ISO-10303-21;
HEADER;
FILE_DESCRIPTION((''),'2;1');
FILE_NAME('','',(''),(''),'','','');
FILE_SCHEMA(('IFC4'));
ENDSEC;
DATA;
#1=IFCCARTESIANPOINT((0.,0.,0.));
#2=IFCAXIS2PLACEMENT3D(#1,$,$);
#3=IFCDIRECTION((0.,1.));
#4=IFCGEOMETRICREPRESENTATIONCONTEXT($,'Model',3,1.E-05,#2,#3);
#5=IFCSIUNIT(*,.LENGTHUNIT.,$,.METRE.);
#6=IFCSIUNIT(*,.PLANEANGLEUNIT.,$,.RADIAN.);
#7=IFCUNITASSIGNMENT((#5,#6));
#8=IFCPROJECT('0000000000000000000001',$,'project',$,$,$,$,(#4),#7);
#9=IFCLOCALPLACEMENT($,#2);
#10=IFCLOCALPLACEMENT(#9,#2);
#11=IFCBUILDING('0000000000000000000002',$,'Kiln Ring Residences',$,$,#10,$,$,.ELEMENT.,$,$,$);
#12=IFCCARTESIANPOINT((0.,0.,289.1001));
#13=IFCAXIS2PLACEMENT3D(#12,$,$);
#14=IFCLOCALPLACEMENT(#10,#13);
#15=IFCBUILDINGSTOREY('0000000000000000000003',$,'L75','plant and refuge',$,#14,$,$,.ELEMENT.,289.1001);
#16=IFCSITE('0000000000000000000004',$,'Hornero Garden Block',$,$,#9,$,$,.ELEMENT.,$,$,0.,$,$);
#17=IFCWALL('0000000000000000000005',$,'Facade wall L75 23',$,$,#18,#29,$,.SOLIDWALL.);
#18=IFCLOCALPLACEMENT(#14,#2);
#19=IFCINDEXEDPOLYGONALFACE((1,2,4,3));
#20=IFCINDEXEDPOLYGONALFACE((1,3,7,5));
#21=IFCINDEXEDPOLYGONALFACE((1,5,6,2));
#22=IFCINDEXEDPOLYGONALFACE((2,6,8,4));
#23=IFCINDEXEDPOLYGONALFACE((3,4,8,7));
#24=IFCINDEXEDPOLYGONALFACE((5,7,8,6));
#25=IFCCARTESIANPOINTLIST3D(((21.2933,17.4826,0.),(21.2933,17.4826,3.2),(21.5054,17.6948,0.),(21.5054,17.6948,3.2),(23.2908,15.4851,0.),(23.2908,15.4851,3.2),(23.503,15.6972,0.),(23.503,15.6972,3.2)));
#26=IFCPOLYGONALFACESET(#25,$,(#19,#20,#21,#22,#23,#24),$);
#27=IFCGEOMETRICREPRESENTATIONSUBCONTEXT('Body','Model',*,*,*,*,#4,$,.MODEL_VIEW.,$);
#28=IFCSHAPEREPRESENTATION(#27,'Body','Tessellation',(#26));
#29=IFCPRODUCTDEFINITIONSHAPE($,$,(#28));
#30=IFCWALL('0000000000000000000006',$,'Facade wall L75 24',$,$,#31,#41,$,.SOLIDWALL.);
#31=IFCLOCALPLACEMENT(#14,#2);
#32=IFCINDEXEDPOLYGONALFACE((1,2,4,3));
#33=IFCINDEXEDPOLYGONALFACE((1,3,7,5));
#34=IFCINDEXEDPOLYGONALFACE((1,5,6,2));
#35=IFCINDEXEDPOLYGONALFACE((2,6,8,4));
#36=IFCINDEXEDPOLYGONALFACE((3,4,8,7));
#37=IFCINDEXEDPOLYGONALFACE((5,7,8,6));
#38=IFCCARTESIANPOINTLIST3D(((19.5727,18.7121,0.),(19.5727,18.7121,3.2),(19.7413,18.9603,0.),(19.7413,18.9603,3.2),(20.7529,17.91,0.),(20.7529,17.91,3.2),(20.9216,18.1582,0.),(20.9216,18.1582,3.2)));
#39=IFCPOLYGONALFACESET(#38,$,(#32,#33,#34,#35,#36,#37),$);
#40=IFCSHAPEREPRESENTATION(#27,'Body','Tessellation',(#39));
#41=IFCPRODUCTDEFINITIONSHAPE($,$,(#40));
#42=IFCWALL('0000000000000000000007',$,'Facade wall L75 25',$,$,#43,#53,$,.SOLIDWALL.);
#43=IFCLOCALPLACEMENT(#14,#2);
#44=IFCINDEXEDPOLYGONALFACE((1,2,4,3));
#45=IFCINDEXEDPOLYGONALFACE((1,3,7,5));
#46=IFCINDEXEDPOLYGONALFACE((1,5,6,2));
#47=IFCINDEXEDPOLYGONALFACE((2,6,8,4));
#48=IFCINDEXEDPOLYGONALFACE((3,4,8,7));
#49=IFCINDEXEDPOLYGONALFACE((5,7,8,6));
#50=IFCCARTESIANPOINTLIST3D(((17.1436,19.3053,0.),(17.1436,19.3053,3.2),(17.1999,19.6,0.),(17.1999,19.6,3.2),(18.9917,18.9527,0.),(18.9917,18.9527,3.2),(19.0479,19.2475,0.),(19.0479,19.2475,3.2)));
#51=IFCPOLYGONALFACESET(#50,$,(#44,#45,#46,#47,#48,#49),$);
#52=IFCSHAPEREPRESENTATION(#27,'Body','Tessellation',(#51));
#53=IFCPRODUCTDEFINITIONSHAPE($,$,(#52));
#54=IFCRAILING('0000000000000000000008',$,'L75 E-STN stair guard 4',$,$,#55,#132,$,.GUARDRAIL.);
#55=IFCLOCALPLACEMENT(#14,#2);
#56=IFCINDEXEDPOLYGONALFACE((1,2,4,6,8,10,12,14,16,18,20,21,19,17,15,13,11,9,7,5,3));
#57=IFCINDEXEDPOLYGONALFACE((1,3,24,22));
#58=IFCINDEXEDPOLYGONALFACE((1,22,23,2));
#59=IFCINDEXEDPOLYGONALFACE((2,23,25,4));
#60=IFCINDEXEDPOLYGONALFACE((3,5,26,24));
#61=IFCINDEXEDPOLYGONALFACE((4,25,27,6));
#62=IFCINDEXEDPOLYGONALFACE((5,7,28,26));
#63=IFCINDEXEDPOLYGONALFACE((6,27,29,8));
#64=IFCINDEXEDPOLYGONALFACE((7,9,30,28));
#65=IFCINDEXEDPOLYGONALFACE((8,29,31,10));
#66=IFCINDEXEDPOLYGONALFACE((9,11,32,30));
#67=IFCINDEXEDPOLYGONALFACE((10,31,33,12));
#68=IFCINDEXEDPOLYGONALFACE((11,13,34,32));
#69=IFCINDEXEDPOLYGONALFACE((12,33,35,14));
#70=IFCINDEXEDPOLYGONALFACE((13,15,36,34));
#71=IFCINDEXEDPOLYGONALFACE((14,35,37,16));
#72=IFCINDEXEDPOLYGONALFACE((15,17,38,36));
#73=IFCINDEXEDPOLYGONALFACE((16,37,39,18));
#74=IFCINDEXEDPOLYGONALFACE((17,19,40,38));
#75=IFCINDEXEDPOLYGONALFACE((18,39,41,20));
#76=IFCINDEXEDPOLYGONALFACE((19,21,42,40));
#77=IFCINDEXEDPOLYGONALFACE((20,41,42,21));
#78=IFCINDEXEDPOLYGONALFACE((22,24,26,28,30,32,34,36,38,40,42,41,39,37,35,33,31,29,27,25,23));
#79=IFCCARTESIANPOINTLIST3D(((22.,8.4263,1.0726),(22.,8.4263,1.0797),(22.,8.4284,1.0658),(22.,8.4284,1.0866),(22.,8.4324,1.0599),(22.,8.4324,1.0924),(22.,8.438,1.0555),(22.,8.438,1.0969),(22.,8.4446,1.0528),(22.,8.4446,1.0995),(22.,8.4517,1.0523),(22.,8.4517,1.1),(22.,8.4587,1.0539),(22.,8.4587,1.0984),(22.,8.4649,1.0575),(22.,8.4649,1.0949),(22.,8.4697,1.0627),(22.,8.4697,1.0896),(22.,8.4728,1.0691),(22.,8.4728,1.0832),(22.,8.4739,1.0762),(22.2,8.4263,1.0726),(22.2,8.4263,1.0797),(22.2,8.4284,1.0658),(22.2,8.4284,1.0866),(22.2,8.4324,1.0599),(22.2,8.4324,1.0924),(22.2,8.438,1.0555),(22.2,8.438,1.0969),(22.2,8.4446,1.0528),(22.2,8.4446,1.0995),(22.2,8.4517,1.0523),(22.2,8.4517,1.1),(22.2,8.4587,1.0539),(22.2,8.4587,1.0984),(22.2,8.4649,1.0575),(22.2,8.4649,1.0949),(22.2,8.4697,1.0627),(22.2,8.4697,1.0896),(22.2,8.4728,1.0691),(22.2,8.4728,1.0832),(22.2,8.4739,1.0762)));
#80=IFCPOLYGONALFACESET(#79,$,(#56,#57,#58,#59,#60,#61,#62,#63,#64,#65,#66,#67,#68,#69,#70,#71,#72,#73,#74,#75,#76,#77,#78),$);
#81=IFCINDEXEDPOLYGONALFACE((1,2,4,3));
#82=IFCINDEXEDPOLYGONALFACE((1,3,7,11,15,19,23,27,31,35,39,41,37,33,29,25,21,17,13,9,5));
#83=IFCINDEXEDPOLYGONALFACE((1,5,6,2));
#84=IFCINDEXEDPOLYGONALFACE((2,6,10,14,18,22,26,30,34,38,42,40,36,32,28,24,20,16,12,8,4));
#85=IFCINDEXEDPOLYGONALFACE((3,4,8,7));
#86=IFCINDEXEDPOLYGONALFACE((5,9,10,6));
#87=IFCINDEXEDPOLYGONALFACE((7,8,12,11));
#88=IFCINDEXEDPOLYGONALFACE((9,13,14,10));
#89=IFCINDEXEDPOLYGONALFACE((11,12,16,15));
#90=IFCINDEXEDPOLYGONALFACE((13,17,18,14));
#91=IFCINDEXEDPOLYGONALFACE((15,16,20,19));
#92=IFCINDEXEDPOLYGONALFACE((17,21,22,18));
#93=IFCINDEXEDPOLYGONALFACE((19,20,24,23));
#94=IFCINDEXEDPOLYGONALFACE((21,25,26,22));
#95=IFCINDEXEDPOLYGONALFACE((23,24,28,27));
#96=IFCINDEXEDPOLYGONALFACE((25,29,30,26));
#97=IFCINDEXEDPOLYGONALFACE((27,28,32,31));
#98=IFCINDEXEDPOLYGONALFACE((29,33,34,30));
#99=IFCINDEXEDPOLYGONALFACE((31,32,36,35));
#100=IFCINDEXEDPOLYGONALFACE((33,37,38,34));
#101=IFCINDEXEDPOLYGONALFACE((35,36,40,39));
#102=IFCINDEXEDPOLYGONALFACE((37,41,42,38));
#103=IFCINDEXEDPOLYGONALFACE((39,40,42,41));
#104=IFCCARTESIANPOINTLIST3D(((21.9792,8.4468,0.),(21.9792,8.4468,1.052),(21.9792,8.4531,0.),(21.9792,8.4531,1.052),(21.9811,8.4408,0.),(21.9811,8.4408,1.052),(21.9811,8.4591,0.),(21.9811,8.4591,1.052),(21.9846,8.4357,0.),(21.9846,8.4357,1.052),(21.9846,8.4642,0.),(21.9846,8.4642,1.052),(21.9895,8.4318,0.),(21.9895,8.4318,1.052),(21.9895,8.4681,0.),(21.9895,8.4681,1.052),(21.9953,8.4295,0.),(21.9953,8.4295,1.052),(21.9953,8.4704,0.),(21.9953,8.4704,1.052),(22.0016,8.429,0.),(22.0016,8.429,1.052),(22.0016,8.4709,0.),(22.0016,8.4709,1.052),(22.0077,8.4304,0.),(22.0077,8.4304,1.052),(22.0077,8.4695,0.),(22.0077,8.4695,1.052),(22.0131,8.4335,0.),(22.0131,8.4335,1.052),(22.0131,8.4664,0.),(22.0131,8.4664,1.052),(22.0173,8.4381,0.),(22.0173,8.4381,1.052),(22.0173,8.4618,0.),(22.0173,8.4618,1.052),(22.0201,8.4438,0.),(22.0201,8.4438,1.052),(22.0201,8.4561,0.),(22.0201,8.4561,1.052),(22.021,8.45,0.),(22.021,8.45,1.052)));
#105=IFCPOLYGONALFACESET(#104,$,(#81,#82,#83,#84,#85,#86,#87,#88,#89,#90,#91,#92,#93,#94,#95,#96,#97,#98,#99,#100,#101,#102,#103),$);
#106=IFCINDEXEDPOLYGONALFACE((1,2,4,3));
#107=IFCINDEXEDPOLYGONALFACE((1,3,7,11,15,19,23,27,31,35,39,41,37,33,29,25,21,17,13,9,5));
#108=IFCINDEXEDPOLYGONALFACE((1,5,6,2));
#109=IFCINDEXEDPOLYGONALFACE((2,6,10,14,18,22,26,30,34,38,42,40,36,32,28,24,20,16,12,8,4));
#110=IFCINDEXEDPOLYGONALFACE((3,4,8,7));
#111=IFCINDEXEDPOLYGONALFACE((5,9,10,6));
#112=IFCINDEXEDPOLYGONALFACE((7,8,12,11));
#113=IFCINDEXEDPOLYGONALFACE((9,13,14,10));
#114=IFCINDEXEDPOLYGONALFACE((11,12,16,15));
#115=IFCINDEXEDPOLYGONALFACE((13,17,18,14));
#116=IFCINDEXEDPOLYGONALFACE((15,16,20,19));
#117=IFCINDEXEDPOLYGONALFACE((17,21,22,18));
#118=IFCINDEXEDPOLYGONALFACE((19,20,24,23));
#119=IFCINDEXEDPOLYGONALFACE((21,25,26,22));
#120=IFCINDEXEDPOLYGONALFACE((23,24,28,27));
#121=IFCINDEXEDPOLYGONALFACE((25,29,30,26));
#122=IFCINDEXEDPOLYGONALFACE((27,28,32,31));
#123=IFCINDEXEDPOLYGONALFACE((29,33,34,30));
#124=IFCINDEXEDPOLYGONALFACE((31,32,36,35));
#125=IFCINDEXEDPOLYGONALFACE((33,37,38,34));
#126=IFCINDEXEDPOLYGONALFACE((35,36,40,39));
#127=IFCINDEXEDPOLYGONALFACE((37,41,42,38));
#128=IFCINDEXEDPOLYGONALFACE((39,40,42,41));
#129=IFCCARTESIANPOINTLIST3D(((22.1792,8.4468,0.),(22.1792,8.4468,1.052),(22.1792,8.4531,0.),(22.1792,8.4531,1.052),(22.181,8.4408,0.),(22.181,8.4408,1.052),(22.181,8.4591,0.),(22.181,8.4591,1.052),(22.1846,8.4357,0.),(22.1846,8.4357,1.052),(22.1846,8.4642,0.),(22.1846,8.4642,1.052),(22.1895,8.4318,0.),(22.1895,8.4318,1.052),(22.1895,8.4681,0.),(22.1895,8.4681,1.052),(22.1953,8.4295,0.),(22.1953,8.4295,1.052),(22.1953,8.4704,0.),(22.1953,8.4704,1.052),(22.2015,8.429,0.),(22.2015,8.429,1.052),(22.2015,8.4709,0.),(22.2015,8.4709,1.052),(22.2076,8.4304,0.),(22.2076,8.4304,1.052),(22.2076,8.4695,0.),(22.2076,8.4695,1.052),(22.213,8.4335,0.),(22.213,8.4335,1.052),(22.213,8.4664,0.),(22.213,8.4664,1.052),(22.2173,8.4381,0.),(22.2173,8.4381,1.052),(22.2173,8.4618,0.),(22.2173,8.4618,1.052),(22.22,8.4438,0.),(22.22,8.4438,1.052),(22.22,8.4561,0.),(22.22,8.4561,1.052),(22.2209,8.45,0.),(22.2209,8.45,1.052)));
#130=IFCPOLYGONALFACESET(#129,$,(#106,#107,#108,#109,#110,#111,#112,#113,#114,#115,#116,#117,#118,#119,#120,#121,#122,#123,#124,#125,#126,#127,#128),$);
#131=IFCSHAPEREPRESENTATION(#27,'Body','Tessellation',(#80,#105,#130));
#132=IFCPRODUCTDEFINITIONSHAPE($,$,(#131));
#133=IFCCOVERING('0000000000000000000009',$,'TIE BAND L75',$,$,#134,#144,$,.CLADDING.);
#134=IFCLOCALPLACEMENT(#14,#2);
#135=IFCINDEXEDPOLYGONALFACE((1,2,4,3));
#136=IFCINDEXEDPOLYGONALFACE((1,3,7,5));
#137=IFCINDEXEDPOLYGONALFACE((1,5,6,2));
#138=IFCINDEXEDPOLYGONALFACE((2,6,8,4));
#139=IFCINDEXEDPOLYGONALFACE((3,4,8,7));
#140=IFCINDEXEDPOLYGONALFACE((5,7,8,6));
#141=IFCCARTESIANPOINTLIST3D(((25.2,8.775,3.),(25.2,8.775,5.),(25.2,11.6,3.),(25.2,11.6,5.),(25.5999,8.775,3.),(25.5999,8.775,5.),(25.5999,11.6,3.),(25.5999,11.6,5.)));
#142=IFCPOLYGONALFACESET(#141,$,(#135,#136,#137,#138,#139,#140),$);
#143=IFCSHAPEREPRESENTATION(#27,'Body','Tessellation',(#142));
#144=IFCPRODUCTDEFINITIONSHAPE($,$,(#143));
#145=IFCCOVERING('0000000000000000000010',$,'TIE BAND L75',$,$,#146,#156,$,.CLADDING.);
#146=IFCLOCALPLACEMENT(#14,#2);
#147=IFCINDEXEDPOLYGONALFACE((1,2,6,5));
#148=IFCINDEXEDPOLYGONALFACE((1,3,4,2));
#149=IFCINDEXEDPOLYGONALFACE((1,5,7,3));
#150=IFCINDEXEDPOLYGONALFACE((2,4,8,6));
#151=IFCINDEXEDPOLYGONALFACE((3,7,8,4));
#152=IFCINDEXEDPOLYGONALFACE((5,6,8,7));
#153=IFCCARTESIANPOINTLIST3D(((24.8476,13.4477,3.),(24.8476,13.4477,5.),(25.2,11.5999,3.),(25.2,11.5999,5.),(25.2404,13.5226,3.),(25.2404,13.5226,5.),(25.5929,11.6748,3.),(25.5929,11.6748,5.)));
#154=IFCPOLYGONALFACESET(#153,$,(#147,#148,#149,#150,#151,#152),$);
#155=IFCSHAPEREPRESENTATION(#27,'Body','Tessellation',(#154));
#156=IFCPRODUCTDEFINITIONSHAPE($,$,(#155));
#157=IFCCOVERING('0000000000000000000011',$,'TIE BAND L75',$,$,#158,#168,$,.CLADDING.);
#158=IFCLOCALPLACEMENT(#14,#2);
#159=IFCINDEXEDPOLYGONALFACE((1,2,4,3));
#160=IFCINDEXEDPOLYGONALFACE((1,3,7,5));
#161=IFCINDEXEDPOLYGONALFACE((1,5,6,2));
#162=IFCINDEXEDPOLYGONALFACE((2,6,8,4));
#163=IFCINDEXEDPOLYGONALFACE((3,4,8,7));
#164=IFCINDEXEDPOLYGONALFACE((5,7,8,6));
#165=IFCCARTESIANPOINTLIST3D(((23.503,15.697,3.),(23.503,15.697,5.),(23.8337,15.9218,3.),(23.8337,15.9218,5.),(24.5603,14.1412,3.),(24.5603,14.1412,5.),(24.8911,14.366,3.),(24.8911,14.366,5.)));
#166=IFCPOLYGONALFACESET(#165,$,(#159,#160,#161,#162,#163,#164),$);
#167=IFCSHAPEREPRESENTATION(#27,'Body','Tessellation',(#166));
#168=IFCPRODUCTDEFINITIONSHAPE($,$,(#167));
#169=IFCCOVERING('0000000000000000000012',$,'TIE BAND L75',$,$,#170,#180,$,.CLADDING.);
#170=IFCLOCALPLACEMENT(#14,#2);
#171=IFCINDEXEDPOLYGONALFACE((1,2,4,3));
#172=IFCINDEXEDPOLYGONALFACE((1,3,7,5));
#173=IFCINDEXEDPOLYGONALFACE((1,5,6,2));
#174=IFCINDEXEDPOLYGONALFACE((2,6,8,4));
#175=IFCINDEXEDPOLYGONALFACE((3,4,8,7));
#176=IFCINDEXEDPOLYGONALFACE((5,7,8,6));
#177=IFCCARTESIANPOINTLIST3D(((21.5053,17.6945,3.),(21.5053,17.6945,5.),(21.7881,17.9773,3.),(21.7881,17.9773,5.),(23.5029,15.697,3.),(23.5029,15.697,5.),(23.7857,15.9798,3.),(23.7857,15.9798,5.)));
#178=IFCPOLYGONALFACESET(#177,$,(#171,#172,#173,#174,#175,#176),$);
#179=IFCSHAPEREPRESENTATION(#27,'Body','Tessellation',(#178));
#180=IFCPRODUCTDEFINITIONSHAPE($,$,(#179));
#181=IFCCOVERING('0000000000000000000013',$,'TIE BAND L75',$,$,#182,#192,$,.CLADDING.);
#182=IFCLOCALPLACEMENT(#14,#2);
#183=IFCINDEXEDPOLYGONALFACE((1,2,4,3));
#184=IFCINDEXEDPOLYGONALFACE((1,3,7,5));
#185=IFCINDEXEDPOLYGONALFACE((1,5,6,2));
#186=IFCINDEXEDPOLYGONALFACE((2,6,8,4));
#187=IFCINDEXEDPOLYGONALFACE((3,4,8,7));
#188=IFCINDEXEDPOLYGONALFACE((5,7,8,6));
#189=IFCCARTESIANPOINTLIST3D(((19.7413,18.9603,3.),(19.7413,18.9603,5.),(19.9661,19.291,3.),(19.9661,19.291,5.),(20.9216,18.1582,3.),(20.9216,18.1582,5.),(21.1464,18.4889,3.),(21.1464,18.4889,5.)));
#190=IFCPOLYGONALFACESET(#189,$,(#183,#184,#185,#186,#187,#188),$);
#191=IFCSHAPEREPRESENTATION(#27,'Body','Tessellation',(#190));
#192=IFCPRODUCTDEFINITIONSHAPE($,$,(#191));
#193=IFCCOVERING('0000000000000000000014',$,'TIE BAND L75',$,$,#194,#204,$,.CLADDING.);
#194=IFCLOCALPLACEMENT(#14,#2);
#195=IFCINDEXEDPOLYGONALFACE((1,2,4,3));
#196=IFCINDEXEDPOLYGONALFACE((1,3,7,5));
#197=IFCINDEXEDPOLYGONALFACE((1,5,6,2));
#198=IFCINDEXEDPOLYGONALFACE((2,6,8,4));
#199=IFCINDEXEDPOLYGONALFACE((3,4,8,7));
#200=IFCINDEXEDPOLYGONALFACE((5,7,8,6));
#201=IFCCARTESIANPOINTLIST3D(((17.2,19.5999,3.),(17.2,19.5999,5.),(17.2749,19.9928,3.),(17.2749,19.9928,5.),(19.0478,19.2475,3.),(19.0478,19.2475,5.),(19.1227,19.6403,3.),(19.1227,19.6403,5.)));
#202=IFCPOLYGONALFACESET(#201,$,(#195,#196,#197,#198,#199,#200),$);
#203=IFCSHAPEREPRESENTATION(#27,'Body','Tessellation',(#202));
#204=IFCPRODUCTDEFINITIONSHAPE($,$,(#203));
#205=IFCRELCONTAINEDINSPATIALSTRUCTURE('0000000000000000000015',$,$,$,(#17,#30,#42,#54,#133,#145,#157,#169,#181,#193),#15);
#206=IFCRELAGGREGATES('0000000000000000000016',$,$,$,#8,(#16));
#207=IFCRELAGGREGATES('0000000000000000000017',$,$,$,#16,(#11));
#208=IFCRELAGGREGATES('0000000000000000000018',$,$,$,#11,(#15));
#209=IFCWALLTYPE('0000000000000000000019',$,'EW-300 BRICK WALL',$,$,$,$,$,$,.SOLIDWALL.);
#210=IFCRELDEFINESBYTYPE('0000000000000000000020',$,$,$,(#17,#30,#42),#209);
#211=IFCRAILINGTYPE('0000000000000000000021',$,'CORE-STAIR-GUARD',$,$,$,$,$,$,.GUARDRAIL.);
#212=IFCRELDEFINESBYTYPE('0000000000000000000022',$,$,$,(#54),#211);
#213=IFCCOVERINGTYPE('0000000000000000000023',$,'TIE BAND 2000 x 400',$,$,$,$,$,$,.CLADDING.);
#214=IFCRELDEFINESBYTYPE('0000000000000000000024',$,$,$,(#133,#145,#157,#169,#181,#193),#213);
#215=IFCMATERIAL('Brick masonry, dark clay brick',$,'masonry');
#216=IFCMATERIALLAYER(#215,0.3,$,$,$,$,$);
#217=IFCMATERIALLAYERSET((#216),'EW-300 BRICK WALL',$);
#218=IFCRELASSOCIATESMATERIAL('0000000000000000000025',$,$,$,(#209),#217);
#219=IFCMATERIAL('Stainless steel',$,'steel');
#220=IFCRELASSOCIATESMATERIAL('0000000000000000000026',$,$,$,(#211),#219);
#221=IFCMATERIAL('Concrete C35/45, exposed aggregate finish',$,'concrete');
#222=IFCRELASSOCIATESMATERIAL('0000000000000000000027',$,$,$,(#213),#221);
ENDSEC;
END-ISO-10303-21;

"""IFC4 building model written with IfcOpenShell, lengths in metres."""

from ifc_helpers import new_model, si_unit, direction, frame, frame_2d, origin, origin_2d, place, context, subcontext, project, spatial, rectangle, circle, extrude, material, layer, layer_set, type_object, element, save


model = new_model("IFC4")

# Units and contexts
model_context = context("Model", 3, precision=1e-05, world=origin(), true_north=direction((0.0, 1.0)))
body_context = subcontext(model_context, "Body", "Model", "MODEL_VIEW")
ifc_project = project(units=[si_unit("LENGTHUNIT", "METRE"), si_unit("PLANEANGLEUNIT", "RADIAN")], contexts=[model_context])

# Site, building, storey
site_placement = place(None, origin())
site = spatial("IfcSite", under=ifc_project, at=site_placement, Name="Hornero Garden Block", CompositionType="ELEMENT", RefElevation=0.0)
building_placement = place(site_placement, origin())
building = spatial("IfcBuilding", under=site, at=building_placement, Name="Kiln Ring Residences", CompositionType="ELEMENT")
storey_placement = place(building_placement, frame((0.0, 0.0, 289.1001)))
storey = spatial("IfcBuildingStorey", under=building, at=storey_placement, Name="L75", Description="plant and refuge", CompositionType="ELEMENT", Elevation=289.1001)

# Walls
ifc_material_1 = material(Name="Brick masonry, dark clay brick", Category="masonry")
ifc_layer_1 = layer(ifc_material_1, 0.3)
ifc_layer_set_1 = layer_set([ifc_layer_1], Name="EW-300 BRICK WALL")
wall_type_1 = type_object("IfcWallType", Name="EW-300 BRICK WALL", PredefinedType="SOLIDWALL", material=ifc_layer_set_1)
wall_1_placement = place(storey_placement, frame((23.397, 15.5911, 0.0), z_axis=(0.0, 0.0, 1.0), x_axis=(-0.707107, 0.707107, 0.0)))
element("IfcWall", 1, at=wall_1_placement, inside=storey, type_object=wall_type_1, Name="Facade wall L75 23", PredefinedType="SOLIDWALL", context=body_context, shape_type="SweptSolid", body=[
    extrude(rectangle(XDim=2.825, YDim=0.3, at=frame_2d((1.4126, 0.0))), origin(), (0.0, 0.0, 1.0), 3.2),
])
wall_2_placement = place(storey_placement, frame((20.8372, 18.0342, 0.0), z_axis=(0.0, 0.0, 1.0), x_axis=(-0.827095, 0.562062, 0.0)))
element("IfcWall", 2, at=wall_2_placement, inside=storey, type_object=wall_type_1, Name="Facade wall L75 24", PredefinedType="SOLIDWALL", context=body_context, shape_type="SweptSolid", body=[
    extrude(rectangle(XDim=1.427, YDim=0.3, at=frame_2d((0.7134, 0.0))), origin(), (0.0, 0.0, 1.0), 3.2),
])
wall_3_placement = place(storey_placement, frame((19.0198, 19.1001, 0.0), z_axis=(0.0, 0.0, 1.0), x_axis=(-0.982284, 0.187398, 0.0)))
element("IfcWall", 3, at=wall_3_placement, inside=storey, type_object=wall_type_1, Name="Facade wall L75 25", PredefinedType="SOLIDWALL", context=body_context, shape_type="SweptSolid", body=[
    extrude(rectangle(XDim=1.8813, YDim=0.3, at=frame_2d((0.9407, 0.0))), origin(), (0.0, 0.0, 1.0), 3.2),
])

# Railing
ifc_material_2 = material(Name="Stainless steel", Category="steel")
railing_type = type_object("IfcRailingType", Name="CORE-STAIR-GUARD", PredefinedType="GUARDRAIL", material=ifc_material_2)
railing_placement = place(storey_placement, frame((22.0, 8.45, 0.0)))
element("IfcRailing", 4, at=railing_placement, inside=storey, type_object=railing_type, Name="L75 E-STN stair guard 4", PredefinedType="GUARDRAIL", context=body_context, shape_type="SweptSolid", body=[
    extrude(circle(Radius=0.0239, at=origin_2d()), frame((0.0, 0.0, 1.0762), z_axis=(1.0, 0.0, 0.0), x_axis=(0.0, 1.0, 0.0)), (0.0, 0.0, 1.0), 0.2),
    extrude(circle(Radius=0.021, at=origin_2d()), origin(), (0.0, 0.0, 1.0), 1.052),
    extrude(circle(Radius=0.021, at=origin_2d()), frame((0.2, 0.0, 0.0)), (0.0, 0.0, 1.0), 1.052),
])

# Coverings
ifc_material_3 = material(Name="Concrete C35/45, exposed aggregate finish", Category="concrete")
covering_type = type_object("IfcCoveringType", Name="TIE BAND 2000 x 400", PredefinedType="CLADDING", material=ifc_material_3)
covering_1_placement = place(storey_placement, frame((25.3999, 10.1875, 3.0), z_axis=(0.0, 0.0, 1.0), x_axis=(0.0, 1.0, 0.0)))
element("IfcCovering", 5, at=covering_1_placement, inside=storey, type_object=covering_type, Name="TIE BAND L75", PredefinedType="CLADDING", context=body_context, shape_type="SweptSolid", body=[
    extrude(rectangle(XDim=2.825, YDim=0.3999, at=origin_2d()), origin(), (0.0, 0.0, 1.0), 2.0),
])
for number, where, z_axis, x_axis, name in (
    (6, (25.2202, 12.5613, 3.0), (0.0, 0.0, 1.0), (-0.187366, 0.98229, 0.0), "TIE BAND L75"),
    (7, (24.197, 15.0315, 3.0), (0.0, 0.0, 1.0), (-0.562097, 0.827072, 0.0), "TIE BAND L75"),
):
    element("IfcCovering", number, at=place(storey_placement, frame(where, z_axis=z_axis, x_axis=x_axis)), inside=storey, type_object=covering_type, Name=name, PredefinedType="CLADDING", context=body_context, shape_type="SweptSolid", body=[
        extrude(rectangle(XDim=1.8811, YDim=0.3999, at=origin_2d()), origin(), (0.0, 0.0, 1.0), 2.0),
    ])
covering_2_placement = place(storey_placement, frame((22.6455, 16.8372, 3.0), z_axis=(0.0, 0.0, 1.0), x_axis=(-0.707107, 0.707107, 0.0)))
element("IfcCovering", 8, at=covering_2_placement, inside=storey, type_object=covering_type, Name="TIE BAND L75", PredefinedType="CLADDING", context=body_context, shape_type="SweptSolid", body=[
    extrude(rectangle(XDim=2.825, YDim=0.3999, at=origin_2d()), origin(), (0.0, 0.0, 1.0), 2.0),
])
covering_3_placement = place(storey_placement, frame((20.4438, 18.7246, 3.0), z_axis=(0.0, 0.0, 1.0), x_axis=(-0.827072, 0.562097, 0.0)))
element("IfcCovering", 9, at=covering_3_placement, inside=storey, type_object=covering_type, Name="TIE BAND L75", PredefinedType="CLADDING", context=body_context, shape_type="SweptSolid", body=[
    extrude(rectangle(XDim=1.427, YDim=0.3999, at=origin_2d()), origin(), (0.0, 0.0, 1.0), 2.0),
])
covering_4_placement = place(storey_placement, frame((18.1614, 19.6201, 3.0), z_axis=(0.0, 0.0, 1.0), x_axis=(-0.98229, 0.187366, 0.0)))
element("IfcCovering", 10, at=covering_4_placement, inside=storey, type_object=covering_type, Name="TIE BAND L75", PredefinedType="CLADDING", context=body_context, shape_type="SweptSolid", body=[
    extrude(rectangle(XDim=1.8811, YDim=0.3999, at=origin_2d()), origin(), (0.0, 0.0, 1.0), 2.0),
])

save(model, "model.ifc")
